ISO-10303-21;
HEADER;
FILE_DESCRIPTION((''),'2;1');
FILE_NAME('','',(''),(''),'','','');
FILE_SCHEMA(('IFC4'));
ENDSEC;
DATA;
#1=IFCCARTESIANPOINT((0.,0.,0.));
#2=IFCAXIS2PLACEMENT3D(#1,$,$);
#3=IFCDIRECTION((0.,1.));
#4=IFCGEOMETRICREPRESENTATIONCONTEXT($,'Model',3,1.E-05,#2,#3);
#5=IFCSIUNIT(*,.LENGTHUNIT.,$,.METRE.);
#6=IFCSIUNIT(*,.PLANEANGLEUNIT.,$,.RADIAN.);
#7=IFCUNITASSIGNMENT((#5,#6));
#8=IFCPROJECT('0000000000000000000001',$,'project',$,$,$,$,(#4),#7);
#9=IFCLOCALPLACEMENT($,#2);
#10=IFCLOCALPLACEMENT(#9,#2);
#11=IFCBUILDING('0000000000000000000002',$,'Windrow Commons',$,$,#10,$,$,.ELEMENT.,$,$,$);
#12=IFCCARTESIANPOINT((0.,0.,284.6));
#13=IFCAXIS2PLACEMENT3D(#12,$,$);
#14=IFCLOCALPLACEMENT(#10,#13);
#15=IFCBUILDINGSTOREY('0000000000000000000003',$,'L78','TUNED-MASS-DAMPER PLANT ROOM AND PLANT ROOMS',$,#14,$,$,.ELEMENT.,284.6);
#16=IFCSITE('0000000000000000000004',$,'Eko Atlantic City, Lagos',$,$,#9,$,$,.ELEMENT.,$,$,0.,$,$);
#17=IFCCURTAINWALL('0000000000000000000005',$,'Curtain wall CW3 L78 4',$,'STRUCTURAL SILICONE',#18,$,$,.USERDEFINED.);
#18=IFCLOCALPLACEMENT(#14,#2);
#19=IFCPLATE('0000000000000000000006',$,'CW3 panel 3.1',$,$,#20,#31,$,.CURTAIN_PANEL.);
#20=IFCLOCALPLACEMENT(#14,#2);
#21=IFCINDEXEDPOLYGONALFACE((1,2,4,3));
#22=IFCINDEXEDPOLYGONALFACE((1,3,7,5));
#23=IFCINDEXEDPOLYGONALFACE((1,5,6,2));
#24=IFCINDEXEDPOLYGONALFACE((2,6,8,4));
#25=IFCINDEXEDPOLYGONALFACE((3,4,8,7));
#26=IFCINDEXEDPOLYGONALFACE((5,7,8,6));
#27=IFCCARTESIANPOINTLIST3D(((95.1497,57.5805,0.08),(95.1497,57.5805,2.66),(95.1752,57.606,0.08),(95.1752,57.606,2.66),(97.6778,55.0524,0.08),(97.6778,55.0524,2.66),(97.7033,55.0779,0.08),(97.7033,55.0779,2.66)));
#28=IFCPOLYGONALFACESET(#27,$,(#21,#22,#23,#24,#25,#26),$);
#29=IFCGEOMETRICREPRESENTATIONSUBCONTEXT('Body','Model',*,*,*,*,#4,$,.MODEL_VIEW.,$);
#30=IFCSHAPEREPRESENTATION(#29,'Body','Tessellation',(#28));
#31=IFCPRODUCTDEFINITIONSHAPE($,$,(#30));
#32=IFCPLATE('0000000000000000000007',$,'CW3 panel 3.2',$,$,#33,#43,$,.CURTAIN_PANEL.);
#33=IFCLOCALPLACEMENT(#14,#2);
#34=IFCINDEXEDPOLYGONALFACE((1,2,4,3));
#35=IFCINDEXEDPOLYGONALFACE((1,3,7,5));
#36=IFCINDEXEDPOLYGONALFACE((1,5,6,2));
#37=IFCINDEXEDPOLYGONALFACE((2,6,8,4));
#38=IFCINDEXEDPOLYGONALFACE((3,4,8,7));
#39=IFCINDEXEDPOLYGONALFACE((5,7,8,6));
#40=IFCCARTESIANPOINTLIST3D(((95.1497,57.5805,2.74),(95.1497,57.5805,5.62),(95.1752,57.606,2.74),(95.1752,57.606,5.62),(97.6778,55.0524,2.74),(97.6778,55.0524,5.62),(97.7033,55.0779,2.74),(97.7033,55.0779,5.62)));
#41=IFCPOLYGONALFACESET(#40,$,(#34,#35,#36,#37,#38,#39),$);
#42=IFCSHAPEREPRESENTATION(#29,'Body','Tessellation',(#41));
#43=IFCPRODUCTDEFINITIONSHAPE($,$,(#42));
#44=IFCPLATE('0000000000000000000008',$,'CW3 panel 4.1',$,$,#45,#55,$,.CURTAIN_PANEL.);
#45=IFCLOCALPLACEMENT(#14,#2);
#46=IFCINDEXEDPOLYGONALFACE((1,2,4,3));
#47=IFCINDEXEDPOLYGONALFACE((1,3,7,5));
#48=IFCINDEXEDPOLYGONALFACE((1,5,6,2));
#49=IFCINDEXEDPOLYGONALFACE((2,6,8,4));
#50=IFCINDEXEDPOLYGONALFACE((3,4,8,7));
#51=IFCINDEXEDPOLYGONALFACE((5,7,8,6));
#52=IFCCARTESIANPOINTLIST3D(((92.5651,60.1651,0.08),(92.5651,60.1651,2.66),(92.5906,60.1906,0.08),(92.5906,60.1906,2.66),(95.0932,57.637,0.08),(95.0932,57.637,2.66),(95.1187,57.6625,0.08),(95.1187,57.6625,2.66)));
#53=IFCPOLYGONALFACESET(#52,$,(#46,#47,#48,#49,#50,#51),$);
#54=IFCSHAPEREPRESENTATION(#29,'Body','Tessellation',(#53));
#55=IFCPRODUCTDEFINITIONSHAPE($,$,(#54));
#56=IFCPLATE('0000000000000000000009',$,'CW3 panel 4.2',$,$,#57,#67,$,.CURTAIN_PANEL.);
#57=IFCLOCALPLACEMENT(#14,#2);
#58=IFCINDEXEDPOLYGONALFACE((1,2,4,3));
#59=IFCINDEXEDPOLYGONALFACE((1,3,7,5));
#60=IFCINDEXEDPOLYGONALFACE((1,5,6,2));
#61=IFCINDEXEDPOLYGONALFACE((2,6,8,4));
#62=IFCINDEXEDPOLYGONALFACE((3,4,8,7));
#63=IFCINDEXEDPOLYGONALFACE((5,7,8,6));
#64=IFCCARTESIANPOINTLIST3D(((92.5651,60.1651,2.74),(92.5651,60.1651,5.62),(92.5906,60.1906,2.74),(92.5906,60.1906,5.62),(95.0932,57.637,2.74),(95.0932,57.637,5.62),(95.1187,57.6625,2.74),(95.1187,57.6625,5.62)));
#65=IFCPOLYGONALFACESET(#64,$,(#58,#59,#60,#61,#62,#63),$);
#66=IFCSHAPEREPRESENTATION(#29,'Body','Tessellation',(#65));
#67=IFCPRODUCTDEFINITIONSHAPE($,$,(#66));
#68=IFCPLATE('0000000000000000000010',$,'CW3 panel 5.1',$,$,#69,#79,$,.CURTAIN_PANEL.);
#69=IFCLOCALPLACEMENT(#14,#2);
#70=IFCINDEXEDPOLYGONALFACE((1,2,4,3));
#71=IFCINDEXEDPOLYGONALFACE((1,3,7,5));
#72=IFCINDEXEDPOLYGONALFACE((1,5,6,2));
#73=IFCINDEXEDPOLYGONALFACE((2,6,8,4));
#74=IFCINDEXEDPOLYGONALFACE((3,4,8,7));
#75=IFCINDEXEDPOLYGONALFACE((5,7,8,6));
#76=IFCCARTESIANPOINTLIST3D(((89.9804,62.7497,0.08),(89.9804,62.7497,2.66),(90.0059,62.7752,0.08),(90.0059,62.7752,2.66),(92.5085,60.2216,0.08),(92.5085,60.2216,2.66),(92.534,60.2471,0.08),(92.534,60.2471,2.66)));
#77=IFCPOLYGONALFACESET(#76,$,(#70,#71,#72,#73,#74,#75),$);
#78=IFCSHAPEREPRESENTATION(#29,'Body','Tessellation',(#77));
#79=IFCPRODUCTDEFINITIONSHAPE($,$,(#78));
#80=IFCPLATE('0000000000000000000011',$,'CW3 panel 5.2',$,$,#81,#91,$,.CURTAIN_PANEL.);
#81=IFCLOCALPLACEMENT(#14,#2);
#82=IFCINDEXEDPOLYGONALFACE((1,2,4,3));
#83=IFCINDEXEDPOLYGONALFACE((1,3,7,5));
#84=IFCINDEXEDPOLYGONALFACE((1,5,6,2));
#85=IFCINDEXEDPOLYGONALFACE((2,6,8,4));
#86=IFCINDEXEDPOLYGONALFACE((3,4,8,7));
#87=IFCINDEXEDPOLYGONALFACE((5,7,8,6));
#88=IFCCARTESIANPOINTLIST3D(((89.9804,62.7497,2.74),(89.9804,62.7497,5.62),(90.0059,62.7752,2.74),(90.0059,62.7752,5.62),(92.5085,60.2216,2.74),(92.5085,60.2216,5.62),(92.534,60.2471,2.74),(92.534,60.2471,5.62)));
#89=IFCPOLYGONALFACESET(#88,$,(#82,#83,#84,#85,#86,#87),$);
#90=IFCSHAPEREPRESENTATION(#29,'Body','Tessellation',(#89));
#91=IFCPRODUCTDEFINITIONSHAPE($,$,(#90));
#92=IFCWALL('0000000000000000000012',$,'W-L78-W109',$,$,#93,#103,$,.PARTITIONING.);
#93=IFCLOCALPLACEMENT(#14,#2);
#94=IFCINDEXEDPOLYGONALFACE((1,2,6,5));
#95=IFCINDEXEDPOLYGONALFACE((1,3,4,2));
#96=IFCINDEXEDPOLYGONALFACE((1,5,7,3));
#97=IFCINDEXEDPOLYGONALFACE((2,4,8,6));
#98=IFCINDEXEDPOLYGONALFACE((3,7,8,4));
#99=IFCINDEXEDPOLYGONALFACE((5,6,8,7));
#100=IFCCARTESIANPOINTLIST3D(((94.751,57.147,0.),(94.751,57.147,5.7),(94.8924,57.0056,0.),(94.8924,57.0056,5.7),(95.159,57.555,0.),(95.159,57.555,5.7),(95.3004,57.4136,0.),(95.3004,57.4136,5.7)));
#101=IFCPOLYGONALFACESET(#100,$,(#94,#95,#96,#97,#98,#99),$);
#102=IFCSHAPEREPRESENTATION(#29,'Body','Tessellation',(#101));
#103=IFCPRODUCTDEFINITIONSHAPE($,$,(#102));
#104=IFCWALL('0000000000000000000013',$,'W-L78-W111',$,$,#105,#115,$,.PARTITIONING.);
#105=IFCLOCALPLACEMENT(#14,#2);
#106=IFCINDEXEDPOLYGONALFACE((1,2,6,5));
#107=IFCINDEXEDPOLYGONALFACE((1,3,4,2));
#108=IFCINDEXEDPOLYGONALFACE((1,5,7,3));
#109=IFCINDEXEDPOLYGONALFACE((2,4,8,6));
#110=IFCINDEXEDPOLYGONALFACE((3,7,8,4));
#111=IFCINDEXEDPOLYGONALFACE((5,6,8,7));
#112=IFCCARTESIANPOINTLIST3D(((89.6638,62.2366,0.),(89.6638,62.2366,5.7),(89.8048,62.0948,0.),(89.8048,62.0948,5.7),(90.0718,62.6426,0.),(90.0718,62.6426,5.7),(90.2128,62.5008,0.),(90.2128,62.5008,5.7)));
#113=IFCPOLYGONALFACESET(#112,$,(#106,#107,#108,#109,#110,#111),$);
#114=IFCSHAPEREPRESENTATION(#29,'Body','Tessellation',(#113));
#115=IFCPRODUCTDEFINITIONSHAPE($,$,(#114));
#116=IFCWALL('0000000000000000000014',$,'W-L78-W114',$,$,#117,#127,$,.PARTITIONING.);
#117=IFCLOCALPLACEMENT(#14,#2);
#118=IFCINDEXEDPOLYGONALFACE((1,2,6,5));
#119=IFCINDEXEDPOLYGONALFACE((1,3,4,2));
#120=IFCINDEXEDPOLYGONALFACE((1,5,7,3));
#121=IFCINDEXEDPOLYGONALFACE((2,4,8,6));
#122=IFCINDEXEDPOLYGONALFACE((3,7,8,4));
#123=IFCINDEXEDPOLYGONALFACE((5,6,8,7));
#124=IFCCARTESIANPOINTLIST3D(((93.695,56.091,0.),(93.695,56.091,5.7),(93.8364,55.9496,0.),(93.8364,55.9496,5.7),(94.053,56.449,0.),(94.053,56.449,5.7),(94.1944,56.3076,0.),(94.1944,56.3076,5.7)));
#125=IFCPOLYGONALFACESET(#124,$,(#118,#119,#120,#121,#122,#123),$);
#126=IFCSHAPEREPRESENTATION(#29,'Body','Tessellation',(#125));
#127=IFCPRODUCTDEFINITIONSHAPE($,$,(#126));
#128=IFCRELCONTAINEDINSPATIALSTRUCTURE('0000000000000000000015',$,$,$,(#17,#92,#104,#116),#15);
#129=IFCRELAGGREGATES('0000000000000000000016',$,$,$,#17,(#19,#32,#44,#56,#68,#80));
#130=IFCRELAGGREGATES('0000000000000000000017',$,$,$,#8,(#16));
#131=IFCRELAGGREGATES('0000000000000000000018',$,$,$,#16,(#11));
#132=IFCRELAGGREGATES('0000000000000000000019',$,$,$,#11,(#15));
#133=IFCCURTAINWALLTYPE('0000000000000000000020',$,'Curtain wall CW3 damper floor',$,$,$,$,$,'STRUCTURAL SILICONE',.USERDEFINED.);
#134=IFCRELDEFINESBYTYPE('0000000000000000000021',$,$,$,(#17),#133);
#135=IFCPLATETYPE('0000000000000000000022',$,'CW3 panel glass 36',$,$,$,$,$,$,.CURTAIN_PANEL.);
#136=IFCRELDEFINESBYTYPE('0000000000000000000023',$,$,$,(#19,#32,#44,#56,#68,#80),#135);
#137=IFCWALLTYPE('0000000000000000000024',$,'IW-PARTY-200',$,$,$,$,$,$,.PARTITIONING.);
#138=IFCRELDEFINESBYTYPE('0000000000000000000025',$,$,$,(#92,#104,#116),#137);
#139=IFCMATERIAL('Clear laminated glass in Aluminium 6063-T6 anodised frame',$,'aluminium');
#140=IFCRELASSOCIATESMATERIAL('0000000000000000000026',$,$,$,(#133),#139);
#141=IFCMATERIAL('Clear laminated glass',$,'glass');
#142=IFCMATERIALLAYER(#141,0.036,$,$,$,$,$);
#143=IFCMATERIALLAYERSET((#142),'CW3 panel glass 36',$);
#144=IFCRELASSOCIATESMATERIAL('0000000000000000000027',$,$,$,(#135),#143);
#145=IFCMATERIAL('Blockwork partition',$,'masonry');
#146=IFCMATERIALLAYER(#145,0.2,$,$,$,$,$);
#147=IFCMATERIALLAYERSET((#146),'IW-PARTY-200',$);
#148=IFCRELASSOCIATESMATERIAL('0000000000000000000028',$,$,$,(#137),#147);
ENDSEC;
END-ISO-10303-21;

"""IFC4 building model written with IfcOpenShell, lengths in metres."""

from ifc_helpers import new_model, si_unit, direction, frame, frame_2d, origin, origin_2d, place, context, subcontext, project, spatial, rectangle, extrude, material, layer, layer_set, type_object, element, aggregate, save


model = new_model("IFC4")

# Units and contexts
model_context = context("Model", 3, precision=1e-05, world=origin(), true_north=direction((0.0, 1.0)))
body_context = subcontext(model_context, "Body", "Model", "MODEL_VIEW")
ifc_project = project(units=[si_unit("LENGTHUNIT", "METRE"), si_unit("PLANEANGLEUNIT", "RADIAN")], contexts=[model_context])

# Site, building, storey
site_placement = place(None, origin())
site = spatial("IfcSite", under=ifc_project, at=site_placement, Name="Eko Atlantic City, Lagos", CompositionType="ELEMENT", RefElevation=0.0)
building_placement = place(site_placement, origin())
building = spatial("IfcBuilding", under=site, at=building_placement, Name="Windrow Commons", CompositionType="ELEMENT")
storey_placement = place(building_placement, frame((0.0, 0.0, 284.6)))
storey = spatial("IfcBuildingStorey", under=building, at=storey_placement, Name="L78", Description="TUNED-MASS-DAMPER PLANT ROOM AND PLANT ROOMS", CompositionType="ELEMENT", Elevation=284.6)

# Curtain wall
ifc_material_1 = material(Name="Clear laminated glass in Aluminium 6063-T6 anodised frame", Category="aluminium")
curtain_wall_type = type_object("IfcCurtainWallType", Name="Curtain wall CW3 damper floor", ElementType="STRUCTURAL SILICONE", PredefinedType="USERDEFINED", material=ifc_material_1)
curtain_wall_placement = place(storey_placement, origin())
curtain_wall = element("IfcCurtainWall", 1, at=curtain_wall_placement, inside=storey, type_object=curtain_wall_type, Name="Curtain wall CW3 L78 4", ObjectType="STRUCTURAL SILICONE", PredefinedType="USERDEFINED")

# Plates
ifc_material_2 = material(Name="Clear laminated glass", Category="glass")
ifc_layer_1 = layer(ifc_material_2, 0.036)
ifc_layer_set_1 = layer_set([ifc_layer_1], Name="CW3 panel glass 36")
plate_type = type_object("IfcPlateType", Name="CW3 panel glass 36", PredefinedType="CURTAIN_PANEL", material=ifc_layer_set_1)
plate_1_placement = place(storey_placement, frame((96.4265, 56.3292, 0.08), z_axis=(0.0, 0.0, 1.0), x_axis=(-0.707107, 0.707107, 0.0)))
plate_1 = element("IfcPlate", 2, at=plate_1_placement, type_object=plate_type, Name="CW3 panel 3.1", PredefinedType="CURTAIN_PANEL", context=body_context, shape_type="SweptSolid", body=[
    extrude(rectangle(XDim=3.5752, YDim=0.036, at=origin_2d()), origin(), (0.0, 0.0, 1.0), 2.58),
])
plate_2_placement = place(storey_placement, frame((96.4265, 56.3292, 2.74), z_axis=(0.0, 0.0, 1.0), x_axis=(-0.707107, 0.707107, 0.0)))
plate_2 = element("IfcPlate", 3, at=plate_2_placement, type_object=plate_type, Name="CW3 panel 3.2", PredefinedType="CURTAIN_PANEL", context=body_context, shape_type="SweptSolid", body=[
    extrude(rectangle(XDim=3.5752, YDim=0.036, at=origin_2d()), origin(), (0.0, 0.0, 1.0), 2.88),
])
plate_3_placement = place(storey_placement, frame((93.8419, 58.9138, 0.08), z_axis=(0.0, 0.0, 1.0), x_axis=(-0.707107, 0.707107, 0.0)))
plate_3 = element("IfcPlate", 4, at=plate_3_placement, type_object=plate_type, Name="CW3 panel 4.1", PredefinedType="CURTAIN_PANEL", context=body_context, shape_type="SweptSolid", body=[
    extrude(rectangle(XDim=3.5752, YDim=0.036, at=origin_2d()), origin(), (0.0, 0.0, 1.0), 2.58),
])
plate_4_placement = place(storey_placement, frame((93.8419, 58.9138, 2.74), z_axis=(0.0, 0.0, 1.0), x_axis=(-0.707107, 0.707107, 0.0)))
plate_4 = element("IfcPlate", 5, at=plate_4_placement, type_object=plate_type, Name="CW3 panel 4.2", PredefinedType="CURTAIN_PANEL", context=body_context, shape_type="SweptSolid", body=[
    extrude(rectangle(XDim=3.5752, YDim=0.036, at=origin_2d()), origin(), (0.0, 0.0, 1.0), 2.88),
])
plate_5_placement = place(storey_placement, frame((91.2572, 61.4984, 0.08), z_axis=(0.0, 0.0, 1.0), x_axis=(-0.707107, 0.707107, 0.0)))
plate_5 = element("IfcPlate", 6, at=plate_5_placement, type_object=plate_type, Name="CW3 panel 5.1", PredefinedType="CURTAIN_PANEL", context=body_context, shape_type="SweptSolid", body=[
    extrude(rectangle(XDim=3.5752, YDim=0.036, at=origin_2d()), origin(), (0.0, 0.0, 1.0), 2.58),
])
plate_6_placement = place(storey_placement, frame((91.2572, 61.4984, 2.74), z_axis=(0.0, 0.0, 1.0), x_axis=(-0.707107, 0.707107, 0.0)))
plate_6 = element("IfcPlate", 7, at=plate_6_placement, type_object=plate_type, Name="CW3 panel 5.2", PredefinedType="CURTAIN_PANEL", context=body_context, shape_type="SweptSolid", body=[
    extrude(rectangle(XDim=3.5752, YDim=0.036, at=origin_2d()), origin(), (0.0, 0.0, 1.0), 2.88),
])
aggregate(curtain_wall, [plate_1, plate_2, plate_3, plate_4, plate_5, plate_6])

# Walls
ifc_material_3 = material(Name="Blockwork partition", Category="masonry")
ifc_layer_2 = layer(ifc_material_3, 0.2)
ifc_layer_set_2 = layer_set([ifc_layer_2], Name="IW-PARTY-200")
wall_type = type_object("IfcWallType", Name="IW-PARTY-200", PredefinedType="PARTITIONING", material=ifc_layer_set_2)
wall_1_placement = place(storey_placement, frame((94.8217, 57.0763, 0.0), z_axis=(0.0, 0.0, 1.0), x_axis=(0.707107, 0.707107, 0.0)))
element("IfcWall", 8, at=wall_1_placement, inside=storey, type_object=wall_type, Name="W-L78-W109", PredefinedType="PARTITIONING", context=body_context, shape_type="SweptSolid", body=[
    extrude(rectangle(XDim=0.577, YDim=0.2, at=frame_2d((0.2885, 0.0))), origin(), (0.0, 0.0, 1.0), 5.7),
])
wall_2_placement = place(storey_placement, frame((89.7343, 62.1657, 0.0), z_axis=(0.0, 0.0, 1.0), x_axis=(0.708842, 0.705367, 0.0)))
element("IfcWall", 9, at=wall_2_placement, inside=storey, type_object=wall_type, Name="W-L78-W111", PredefinedType="PARTITIONING", context=body_context, shape_type="SweptSolid", body=[
    extrude(rectangle(XDim=0.5756, YDim=0.2, at=frame_2d((0.2878, 0.0))), origin(), (0.0, 0.0, 1.0), 5.7),
])
wall_3_placement = place(storey_placement, frame((93.7657, 56.0203, 0.0), z_axis=(0.0, 0.0, 1.0), x_axis=(0.707107, 0.707107, 0.0)))
element("IfcWall", 10, at=wall_3_placement, inside=storey, type_object=wall_type, Name="W-L78-W114", PredefinedType="PARTITIONING", context=body_context, shape_type="SweptSolid", body=[
    extrude(rectangle(XDim=0.5063, YDim=0.2, at=frame_2d((0.2531, 0.0))), origin(), (0.0, 0.0, 1.0), 5.7),
])

save(model, "model.ifc")
